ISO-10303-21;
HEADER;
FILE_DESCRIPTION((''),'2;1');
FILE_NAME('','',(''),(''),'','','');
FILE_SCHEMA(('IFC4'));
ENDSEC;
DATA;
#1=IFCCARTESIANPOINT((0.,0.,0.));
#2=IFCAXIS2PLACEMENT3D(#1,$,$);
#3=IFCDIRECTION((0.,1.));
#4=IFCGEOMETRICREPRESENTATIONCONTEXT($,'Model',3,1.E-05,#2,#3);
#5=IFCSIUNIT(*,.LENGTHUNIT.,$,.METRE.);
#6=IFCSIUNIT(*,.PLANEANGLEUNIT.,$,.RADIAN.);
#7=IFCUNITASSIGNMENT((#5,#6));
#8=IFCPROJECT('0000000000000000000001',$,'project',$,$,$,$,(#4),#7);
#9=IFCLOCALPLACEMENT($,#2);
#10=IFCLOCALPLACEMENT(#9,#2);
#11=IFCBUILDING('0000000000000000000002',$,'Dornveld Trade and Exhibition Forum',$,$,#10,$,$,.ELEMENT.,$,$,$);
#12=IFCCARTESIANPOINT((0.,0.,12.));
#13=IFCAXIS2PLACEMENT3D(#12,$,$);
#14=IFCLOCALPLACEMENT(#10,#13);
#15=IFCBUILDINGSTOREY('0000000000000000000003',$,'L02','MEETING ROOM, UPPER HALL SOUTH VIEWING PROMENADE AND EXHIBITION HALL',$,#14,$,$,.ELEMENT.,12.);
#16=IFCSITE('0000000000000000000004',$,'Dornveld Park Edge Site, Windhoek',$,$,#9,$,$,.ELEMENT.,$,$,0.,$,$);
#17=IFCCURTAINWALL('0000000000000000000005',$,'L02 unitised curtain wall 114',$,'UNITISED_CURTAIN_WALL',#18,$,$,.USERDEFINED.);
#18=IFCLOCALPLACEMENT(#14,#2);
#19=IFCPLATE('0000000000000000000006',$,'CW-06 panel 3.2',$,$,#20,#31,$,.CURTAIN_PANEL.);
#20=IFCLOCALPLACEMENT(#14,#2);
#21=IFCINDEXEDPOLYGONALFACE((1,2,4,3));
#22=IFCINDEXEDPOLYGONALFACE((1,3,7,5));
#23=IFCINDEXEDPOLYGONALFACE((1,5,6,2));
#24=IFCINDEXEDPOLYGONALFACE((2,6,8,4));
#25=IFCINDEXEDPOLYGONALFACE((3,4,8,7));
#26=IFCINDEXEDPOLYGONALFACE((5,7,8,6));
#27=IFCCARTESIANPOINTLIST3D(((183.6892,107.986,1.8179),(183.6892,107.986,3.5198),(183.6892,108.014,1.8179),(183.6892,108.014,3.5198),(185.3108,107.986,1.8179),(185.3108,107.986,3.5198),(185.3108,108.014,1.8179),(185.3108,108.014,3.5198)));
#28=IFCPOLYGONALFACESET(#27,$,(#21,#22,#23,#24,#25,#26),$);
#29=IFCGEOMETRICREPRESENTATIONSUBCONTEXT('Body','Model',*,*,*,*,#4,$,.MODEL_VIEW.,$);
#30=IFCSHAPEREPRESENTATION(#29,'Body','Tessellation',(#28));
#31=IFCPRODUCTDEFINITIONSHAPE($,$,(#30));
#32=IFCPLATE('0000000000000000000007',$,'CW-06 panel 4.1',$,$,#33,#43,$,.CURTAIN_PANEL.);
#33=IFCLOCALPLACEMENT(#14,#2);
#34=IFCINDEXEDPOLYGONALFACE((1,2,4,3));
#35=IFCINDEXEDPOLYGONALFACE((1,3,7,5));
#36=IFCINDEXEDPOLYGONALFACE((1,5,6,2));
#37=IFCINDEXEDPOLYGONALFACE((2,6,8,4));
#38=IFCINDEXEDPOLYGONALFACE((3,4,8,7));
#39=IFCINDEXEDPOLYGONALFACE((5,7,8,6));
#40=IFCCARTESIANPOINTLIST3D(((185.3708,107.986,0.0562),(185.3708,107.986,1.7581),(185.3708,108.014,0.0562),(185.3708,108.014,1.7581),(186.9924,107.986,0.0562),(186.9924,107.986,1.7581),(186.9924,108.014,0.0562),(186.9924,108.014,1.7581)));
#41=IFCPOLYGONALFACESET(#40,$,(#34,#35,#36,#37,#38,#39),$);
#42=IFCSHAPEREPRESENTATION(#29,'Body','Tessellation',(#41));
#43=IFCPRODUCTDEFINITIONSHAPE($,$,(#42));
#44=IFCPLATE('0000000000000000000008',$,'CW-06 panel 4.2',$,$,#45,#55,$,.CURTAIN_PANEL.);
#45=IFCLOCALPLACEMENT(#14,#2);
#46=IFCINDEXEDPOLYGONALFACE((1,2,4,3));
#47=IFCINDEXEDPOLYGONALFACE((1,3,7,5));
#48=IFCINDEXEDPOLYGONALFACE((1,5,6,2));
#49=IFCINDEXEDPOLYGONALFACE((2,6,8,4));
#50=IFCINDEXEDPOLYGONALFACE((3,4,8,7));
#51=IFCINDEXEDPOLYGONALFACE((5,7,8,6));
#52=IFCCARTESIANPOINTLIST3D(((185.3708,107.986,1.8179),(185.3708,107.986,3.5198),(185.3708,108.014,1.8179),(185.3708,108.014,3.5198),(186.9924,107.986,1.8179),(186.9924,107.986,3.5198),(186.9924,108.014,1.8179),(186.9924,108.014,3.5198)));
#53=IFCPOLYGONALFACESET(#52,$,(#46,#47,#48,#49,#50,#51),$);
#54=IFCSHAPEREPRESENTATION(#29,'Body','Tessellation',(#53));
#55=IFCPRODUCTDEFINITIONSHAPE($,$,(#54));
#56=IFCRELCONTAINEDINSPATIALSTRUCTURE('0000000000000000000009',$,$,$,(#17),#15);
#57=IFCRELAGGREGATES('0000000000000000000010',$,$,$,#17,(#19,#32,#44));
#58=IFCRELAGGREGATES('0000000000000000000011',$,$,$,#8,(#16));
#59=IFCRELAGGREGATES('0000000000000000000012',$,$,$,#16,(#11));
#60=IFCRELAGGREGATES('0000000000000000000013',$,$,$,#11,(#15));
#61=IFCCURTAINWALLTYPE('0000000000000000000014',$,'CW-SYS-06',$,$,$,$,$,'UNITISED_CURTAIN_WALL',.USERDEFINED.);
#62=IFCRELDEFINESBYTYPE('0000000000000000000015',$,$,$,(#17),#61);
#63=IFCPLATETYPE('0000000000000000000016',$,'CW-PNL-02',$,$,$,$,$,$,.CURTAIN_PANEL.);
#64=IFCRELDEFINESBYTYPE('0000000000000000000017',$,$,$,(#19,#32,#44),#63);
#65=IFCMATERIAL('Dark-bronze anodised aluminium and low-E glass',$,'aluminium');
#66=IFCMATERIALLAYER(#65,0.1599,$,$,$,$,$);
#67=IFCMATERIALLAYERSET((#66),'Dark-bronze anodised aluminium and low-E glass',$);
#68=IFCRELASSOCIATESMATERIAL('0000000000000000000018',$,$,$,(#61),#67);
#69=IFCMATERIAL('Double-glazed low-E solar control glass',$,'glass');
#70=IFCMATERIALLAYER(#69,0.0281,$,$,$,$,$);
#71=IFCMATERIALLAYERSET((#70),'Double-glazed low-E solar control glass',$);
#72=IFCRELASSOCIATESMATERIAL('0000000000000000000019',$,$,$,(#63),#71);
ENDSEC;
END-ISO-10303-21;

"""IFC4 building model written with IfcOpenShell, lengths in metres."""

from ifc_helpers import new_model, si_unit, direction, frame, origin, origin_2d, place, context, subcontext, project, spatial, rectangle, extrude, material, layer, layer_set, type_object, element, aggregate, save


model = new_model("IFC4")

# Units and contexts
model_context = context("Model", 3, precision=1e-05, world=origin(), true_north=direction((0.0, 1.0)))
body_context = subcontext(model_context, "Body", "Model", "MODEL_VIEW")
ifc_project = project(units=[si_unit("LENGTHUNIT", "METRE"), si_unit("PLANEANGLEUNIT", "RADIAN")], contexts=[model_context])

# Site, building, storey
site_placement = place(None, origin())
site = spatial("IfcSite", under=ifc_project, at=site_placement, Name="Dornveld Park Edge Site, Windhoek", CompositionType="ELEMENT", RefElevation=0.0)
building_placement = place(site_placement, origin())
building = spatial("IfcBuilding", under=site, at=building_placement, Name="Dornveld Trade and Exhibition Forum", CompositionType="ELEMENT")
storey_placement = place(building_placement, frame((0.0, 0.0, 12.0)))
storey = spatial("IfcBuildingStorey", under=building, at=storey_placement, Name="L02", Description="MEETING ROOM, UPPER HALL SOUTH VIEWING PROMENADE AND EXHIBITION HALL", CompositionType="ELEMENT", Elevation=12.0)

# Curtain wall, plates
ifc_material_1 = material(Name="Dark-bronze anodised aluminium and low-E glass", Category="aluminium")
ifc_layer_1 = layer(ifc_material_1, 0.1599)
ifc_layer_set_1 = layer_set([ifc_layer_1], Name="Dark-bronze anodised aluminium and low-E glass")
curtain_wall_type = type_object("IfcCurtainWallType", Name="CW-SYS-06", ElementType="UNITISED_CURTAIN_WALL", PredefinedType="USERDEFINED", material=ifc_layer_set_1)
curtain_wall_placement = place(storey_placement, origin())
curtain_wall = element("IfcCurtainWall", 1, at=curtain_wall_placement, inside=storey, type_object=curtain_wall_type, Name="L02 unitised curtain wall 114", ObjectType="UNITISED_CURTAIN_WALL", PredefinedType="USERDEFINED")
ifc_material_2 = material(Name="Double-glazed low-E solar control glass", Category="glass")
ifc_layer_2 = layer(ifc_material_2, 0.0281)
ifc_layer_set_2 = layer_set([ifc_layer_2], Name="Double-glazed low-E solar control glass")
plate_type = type_object("IfcPlateType", Name="CW-PNL-02", PredefinedType="CURTAIN_PANEL", material=ifc_layer_set_2)
plate_1_placement = place(storey_placement, frame((184.5, 108.0, 1.8179), z_axis=(0.0, 0.0, 1.0), x_axis=(1.0, 0.0, 0.0)))
plate_1 = element("IfcPlate", 2, at=plate_1_placement, type_object=plate_type, Name="CW-06 panel 3.2", PredefinedType="CURTAIN_PANEL", context=body_context, shape_type="SweptSolid", body=[
    extrude(rectangle(XDim=1.6216, YDim=0.0281, at=origin_2d()), origin(), (0.0, 0.0, 1.0), 1.7019),
])
plate_2_placement = place(storey_placement, frame((186.1816, 108.0, 0.0562), z_axis=(0.0, 0.0, 1.0), x_axis=(1.0, 0.0, 0.0)))
plate_2 = element("IfcPlate", 3, at=plate_2_placement, type_object=plate_type, Name="CW-06 panel 4.1", PredefinedType="CURTAIN_PANEL", context=body_context, shape_type="SweptSolid", body=[
    extrude(rectangle(XDim=1.6216, YDim=0.0281, at=origin_2d()), origin(), (0.0, 0.0, 1.0), 1.7019),
])
plate_3_placement = place(storey_placement, frame((186.1816, 108.0, 1.8179), z_axis=(0.0, 0.0, 1.0), x_axis=(1.0, 0.0, 0.0)))
plate_3 = element("IfcPlate", 4, at=plate_3_placement, type_object=plate_type, Name="CW-06 panel 4.2", PredefinedType="CURTAIN_PANEL", context=body_context, shape_type="SweptSolid", body=[
    extrude(rectangle(XDim=1.6216, YDim=0.0281, at=origin_2d()), origin(), (0.0, 0.0, 1.0), 1.7019),
])
aggregate(curtain_wall, [plate_1, plate_2, plate_3])

save(model, "model.ifc")
